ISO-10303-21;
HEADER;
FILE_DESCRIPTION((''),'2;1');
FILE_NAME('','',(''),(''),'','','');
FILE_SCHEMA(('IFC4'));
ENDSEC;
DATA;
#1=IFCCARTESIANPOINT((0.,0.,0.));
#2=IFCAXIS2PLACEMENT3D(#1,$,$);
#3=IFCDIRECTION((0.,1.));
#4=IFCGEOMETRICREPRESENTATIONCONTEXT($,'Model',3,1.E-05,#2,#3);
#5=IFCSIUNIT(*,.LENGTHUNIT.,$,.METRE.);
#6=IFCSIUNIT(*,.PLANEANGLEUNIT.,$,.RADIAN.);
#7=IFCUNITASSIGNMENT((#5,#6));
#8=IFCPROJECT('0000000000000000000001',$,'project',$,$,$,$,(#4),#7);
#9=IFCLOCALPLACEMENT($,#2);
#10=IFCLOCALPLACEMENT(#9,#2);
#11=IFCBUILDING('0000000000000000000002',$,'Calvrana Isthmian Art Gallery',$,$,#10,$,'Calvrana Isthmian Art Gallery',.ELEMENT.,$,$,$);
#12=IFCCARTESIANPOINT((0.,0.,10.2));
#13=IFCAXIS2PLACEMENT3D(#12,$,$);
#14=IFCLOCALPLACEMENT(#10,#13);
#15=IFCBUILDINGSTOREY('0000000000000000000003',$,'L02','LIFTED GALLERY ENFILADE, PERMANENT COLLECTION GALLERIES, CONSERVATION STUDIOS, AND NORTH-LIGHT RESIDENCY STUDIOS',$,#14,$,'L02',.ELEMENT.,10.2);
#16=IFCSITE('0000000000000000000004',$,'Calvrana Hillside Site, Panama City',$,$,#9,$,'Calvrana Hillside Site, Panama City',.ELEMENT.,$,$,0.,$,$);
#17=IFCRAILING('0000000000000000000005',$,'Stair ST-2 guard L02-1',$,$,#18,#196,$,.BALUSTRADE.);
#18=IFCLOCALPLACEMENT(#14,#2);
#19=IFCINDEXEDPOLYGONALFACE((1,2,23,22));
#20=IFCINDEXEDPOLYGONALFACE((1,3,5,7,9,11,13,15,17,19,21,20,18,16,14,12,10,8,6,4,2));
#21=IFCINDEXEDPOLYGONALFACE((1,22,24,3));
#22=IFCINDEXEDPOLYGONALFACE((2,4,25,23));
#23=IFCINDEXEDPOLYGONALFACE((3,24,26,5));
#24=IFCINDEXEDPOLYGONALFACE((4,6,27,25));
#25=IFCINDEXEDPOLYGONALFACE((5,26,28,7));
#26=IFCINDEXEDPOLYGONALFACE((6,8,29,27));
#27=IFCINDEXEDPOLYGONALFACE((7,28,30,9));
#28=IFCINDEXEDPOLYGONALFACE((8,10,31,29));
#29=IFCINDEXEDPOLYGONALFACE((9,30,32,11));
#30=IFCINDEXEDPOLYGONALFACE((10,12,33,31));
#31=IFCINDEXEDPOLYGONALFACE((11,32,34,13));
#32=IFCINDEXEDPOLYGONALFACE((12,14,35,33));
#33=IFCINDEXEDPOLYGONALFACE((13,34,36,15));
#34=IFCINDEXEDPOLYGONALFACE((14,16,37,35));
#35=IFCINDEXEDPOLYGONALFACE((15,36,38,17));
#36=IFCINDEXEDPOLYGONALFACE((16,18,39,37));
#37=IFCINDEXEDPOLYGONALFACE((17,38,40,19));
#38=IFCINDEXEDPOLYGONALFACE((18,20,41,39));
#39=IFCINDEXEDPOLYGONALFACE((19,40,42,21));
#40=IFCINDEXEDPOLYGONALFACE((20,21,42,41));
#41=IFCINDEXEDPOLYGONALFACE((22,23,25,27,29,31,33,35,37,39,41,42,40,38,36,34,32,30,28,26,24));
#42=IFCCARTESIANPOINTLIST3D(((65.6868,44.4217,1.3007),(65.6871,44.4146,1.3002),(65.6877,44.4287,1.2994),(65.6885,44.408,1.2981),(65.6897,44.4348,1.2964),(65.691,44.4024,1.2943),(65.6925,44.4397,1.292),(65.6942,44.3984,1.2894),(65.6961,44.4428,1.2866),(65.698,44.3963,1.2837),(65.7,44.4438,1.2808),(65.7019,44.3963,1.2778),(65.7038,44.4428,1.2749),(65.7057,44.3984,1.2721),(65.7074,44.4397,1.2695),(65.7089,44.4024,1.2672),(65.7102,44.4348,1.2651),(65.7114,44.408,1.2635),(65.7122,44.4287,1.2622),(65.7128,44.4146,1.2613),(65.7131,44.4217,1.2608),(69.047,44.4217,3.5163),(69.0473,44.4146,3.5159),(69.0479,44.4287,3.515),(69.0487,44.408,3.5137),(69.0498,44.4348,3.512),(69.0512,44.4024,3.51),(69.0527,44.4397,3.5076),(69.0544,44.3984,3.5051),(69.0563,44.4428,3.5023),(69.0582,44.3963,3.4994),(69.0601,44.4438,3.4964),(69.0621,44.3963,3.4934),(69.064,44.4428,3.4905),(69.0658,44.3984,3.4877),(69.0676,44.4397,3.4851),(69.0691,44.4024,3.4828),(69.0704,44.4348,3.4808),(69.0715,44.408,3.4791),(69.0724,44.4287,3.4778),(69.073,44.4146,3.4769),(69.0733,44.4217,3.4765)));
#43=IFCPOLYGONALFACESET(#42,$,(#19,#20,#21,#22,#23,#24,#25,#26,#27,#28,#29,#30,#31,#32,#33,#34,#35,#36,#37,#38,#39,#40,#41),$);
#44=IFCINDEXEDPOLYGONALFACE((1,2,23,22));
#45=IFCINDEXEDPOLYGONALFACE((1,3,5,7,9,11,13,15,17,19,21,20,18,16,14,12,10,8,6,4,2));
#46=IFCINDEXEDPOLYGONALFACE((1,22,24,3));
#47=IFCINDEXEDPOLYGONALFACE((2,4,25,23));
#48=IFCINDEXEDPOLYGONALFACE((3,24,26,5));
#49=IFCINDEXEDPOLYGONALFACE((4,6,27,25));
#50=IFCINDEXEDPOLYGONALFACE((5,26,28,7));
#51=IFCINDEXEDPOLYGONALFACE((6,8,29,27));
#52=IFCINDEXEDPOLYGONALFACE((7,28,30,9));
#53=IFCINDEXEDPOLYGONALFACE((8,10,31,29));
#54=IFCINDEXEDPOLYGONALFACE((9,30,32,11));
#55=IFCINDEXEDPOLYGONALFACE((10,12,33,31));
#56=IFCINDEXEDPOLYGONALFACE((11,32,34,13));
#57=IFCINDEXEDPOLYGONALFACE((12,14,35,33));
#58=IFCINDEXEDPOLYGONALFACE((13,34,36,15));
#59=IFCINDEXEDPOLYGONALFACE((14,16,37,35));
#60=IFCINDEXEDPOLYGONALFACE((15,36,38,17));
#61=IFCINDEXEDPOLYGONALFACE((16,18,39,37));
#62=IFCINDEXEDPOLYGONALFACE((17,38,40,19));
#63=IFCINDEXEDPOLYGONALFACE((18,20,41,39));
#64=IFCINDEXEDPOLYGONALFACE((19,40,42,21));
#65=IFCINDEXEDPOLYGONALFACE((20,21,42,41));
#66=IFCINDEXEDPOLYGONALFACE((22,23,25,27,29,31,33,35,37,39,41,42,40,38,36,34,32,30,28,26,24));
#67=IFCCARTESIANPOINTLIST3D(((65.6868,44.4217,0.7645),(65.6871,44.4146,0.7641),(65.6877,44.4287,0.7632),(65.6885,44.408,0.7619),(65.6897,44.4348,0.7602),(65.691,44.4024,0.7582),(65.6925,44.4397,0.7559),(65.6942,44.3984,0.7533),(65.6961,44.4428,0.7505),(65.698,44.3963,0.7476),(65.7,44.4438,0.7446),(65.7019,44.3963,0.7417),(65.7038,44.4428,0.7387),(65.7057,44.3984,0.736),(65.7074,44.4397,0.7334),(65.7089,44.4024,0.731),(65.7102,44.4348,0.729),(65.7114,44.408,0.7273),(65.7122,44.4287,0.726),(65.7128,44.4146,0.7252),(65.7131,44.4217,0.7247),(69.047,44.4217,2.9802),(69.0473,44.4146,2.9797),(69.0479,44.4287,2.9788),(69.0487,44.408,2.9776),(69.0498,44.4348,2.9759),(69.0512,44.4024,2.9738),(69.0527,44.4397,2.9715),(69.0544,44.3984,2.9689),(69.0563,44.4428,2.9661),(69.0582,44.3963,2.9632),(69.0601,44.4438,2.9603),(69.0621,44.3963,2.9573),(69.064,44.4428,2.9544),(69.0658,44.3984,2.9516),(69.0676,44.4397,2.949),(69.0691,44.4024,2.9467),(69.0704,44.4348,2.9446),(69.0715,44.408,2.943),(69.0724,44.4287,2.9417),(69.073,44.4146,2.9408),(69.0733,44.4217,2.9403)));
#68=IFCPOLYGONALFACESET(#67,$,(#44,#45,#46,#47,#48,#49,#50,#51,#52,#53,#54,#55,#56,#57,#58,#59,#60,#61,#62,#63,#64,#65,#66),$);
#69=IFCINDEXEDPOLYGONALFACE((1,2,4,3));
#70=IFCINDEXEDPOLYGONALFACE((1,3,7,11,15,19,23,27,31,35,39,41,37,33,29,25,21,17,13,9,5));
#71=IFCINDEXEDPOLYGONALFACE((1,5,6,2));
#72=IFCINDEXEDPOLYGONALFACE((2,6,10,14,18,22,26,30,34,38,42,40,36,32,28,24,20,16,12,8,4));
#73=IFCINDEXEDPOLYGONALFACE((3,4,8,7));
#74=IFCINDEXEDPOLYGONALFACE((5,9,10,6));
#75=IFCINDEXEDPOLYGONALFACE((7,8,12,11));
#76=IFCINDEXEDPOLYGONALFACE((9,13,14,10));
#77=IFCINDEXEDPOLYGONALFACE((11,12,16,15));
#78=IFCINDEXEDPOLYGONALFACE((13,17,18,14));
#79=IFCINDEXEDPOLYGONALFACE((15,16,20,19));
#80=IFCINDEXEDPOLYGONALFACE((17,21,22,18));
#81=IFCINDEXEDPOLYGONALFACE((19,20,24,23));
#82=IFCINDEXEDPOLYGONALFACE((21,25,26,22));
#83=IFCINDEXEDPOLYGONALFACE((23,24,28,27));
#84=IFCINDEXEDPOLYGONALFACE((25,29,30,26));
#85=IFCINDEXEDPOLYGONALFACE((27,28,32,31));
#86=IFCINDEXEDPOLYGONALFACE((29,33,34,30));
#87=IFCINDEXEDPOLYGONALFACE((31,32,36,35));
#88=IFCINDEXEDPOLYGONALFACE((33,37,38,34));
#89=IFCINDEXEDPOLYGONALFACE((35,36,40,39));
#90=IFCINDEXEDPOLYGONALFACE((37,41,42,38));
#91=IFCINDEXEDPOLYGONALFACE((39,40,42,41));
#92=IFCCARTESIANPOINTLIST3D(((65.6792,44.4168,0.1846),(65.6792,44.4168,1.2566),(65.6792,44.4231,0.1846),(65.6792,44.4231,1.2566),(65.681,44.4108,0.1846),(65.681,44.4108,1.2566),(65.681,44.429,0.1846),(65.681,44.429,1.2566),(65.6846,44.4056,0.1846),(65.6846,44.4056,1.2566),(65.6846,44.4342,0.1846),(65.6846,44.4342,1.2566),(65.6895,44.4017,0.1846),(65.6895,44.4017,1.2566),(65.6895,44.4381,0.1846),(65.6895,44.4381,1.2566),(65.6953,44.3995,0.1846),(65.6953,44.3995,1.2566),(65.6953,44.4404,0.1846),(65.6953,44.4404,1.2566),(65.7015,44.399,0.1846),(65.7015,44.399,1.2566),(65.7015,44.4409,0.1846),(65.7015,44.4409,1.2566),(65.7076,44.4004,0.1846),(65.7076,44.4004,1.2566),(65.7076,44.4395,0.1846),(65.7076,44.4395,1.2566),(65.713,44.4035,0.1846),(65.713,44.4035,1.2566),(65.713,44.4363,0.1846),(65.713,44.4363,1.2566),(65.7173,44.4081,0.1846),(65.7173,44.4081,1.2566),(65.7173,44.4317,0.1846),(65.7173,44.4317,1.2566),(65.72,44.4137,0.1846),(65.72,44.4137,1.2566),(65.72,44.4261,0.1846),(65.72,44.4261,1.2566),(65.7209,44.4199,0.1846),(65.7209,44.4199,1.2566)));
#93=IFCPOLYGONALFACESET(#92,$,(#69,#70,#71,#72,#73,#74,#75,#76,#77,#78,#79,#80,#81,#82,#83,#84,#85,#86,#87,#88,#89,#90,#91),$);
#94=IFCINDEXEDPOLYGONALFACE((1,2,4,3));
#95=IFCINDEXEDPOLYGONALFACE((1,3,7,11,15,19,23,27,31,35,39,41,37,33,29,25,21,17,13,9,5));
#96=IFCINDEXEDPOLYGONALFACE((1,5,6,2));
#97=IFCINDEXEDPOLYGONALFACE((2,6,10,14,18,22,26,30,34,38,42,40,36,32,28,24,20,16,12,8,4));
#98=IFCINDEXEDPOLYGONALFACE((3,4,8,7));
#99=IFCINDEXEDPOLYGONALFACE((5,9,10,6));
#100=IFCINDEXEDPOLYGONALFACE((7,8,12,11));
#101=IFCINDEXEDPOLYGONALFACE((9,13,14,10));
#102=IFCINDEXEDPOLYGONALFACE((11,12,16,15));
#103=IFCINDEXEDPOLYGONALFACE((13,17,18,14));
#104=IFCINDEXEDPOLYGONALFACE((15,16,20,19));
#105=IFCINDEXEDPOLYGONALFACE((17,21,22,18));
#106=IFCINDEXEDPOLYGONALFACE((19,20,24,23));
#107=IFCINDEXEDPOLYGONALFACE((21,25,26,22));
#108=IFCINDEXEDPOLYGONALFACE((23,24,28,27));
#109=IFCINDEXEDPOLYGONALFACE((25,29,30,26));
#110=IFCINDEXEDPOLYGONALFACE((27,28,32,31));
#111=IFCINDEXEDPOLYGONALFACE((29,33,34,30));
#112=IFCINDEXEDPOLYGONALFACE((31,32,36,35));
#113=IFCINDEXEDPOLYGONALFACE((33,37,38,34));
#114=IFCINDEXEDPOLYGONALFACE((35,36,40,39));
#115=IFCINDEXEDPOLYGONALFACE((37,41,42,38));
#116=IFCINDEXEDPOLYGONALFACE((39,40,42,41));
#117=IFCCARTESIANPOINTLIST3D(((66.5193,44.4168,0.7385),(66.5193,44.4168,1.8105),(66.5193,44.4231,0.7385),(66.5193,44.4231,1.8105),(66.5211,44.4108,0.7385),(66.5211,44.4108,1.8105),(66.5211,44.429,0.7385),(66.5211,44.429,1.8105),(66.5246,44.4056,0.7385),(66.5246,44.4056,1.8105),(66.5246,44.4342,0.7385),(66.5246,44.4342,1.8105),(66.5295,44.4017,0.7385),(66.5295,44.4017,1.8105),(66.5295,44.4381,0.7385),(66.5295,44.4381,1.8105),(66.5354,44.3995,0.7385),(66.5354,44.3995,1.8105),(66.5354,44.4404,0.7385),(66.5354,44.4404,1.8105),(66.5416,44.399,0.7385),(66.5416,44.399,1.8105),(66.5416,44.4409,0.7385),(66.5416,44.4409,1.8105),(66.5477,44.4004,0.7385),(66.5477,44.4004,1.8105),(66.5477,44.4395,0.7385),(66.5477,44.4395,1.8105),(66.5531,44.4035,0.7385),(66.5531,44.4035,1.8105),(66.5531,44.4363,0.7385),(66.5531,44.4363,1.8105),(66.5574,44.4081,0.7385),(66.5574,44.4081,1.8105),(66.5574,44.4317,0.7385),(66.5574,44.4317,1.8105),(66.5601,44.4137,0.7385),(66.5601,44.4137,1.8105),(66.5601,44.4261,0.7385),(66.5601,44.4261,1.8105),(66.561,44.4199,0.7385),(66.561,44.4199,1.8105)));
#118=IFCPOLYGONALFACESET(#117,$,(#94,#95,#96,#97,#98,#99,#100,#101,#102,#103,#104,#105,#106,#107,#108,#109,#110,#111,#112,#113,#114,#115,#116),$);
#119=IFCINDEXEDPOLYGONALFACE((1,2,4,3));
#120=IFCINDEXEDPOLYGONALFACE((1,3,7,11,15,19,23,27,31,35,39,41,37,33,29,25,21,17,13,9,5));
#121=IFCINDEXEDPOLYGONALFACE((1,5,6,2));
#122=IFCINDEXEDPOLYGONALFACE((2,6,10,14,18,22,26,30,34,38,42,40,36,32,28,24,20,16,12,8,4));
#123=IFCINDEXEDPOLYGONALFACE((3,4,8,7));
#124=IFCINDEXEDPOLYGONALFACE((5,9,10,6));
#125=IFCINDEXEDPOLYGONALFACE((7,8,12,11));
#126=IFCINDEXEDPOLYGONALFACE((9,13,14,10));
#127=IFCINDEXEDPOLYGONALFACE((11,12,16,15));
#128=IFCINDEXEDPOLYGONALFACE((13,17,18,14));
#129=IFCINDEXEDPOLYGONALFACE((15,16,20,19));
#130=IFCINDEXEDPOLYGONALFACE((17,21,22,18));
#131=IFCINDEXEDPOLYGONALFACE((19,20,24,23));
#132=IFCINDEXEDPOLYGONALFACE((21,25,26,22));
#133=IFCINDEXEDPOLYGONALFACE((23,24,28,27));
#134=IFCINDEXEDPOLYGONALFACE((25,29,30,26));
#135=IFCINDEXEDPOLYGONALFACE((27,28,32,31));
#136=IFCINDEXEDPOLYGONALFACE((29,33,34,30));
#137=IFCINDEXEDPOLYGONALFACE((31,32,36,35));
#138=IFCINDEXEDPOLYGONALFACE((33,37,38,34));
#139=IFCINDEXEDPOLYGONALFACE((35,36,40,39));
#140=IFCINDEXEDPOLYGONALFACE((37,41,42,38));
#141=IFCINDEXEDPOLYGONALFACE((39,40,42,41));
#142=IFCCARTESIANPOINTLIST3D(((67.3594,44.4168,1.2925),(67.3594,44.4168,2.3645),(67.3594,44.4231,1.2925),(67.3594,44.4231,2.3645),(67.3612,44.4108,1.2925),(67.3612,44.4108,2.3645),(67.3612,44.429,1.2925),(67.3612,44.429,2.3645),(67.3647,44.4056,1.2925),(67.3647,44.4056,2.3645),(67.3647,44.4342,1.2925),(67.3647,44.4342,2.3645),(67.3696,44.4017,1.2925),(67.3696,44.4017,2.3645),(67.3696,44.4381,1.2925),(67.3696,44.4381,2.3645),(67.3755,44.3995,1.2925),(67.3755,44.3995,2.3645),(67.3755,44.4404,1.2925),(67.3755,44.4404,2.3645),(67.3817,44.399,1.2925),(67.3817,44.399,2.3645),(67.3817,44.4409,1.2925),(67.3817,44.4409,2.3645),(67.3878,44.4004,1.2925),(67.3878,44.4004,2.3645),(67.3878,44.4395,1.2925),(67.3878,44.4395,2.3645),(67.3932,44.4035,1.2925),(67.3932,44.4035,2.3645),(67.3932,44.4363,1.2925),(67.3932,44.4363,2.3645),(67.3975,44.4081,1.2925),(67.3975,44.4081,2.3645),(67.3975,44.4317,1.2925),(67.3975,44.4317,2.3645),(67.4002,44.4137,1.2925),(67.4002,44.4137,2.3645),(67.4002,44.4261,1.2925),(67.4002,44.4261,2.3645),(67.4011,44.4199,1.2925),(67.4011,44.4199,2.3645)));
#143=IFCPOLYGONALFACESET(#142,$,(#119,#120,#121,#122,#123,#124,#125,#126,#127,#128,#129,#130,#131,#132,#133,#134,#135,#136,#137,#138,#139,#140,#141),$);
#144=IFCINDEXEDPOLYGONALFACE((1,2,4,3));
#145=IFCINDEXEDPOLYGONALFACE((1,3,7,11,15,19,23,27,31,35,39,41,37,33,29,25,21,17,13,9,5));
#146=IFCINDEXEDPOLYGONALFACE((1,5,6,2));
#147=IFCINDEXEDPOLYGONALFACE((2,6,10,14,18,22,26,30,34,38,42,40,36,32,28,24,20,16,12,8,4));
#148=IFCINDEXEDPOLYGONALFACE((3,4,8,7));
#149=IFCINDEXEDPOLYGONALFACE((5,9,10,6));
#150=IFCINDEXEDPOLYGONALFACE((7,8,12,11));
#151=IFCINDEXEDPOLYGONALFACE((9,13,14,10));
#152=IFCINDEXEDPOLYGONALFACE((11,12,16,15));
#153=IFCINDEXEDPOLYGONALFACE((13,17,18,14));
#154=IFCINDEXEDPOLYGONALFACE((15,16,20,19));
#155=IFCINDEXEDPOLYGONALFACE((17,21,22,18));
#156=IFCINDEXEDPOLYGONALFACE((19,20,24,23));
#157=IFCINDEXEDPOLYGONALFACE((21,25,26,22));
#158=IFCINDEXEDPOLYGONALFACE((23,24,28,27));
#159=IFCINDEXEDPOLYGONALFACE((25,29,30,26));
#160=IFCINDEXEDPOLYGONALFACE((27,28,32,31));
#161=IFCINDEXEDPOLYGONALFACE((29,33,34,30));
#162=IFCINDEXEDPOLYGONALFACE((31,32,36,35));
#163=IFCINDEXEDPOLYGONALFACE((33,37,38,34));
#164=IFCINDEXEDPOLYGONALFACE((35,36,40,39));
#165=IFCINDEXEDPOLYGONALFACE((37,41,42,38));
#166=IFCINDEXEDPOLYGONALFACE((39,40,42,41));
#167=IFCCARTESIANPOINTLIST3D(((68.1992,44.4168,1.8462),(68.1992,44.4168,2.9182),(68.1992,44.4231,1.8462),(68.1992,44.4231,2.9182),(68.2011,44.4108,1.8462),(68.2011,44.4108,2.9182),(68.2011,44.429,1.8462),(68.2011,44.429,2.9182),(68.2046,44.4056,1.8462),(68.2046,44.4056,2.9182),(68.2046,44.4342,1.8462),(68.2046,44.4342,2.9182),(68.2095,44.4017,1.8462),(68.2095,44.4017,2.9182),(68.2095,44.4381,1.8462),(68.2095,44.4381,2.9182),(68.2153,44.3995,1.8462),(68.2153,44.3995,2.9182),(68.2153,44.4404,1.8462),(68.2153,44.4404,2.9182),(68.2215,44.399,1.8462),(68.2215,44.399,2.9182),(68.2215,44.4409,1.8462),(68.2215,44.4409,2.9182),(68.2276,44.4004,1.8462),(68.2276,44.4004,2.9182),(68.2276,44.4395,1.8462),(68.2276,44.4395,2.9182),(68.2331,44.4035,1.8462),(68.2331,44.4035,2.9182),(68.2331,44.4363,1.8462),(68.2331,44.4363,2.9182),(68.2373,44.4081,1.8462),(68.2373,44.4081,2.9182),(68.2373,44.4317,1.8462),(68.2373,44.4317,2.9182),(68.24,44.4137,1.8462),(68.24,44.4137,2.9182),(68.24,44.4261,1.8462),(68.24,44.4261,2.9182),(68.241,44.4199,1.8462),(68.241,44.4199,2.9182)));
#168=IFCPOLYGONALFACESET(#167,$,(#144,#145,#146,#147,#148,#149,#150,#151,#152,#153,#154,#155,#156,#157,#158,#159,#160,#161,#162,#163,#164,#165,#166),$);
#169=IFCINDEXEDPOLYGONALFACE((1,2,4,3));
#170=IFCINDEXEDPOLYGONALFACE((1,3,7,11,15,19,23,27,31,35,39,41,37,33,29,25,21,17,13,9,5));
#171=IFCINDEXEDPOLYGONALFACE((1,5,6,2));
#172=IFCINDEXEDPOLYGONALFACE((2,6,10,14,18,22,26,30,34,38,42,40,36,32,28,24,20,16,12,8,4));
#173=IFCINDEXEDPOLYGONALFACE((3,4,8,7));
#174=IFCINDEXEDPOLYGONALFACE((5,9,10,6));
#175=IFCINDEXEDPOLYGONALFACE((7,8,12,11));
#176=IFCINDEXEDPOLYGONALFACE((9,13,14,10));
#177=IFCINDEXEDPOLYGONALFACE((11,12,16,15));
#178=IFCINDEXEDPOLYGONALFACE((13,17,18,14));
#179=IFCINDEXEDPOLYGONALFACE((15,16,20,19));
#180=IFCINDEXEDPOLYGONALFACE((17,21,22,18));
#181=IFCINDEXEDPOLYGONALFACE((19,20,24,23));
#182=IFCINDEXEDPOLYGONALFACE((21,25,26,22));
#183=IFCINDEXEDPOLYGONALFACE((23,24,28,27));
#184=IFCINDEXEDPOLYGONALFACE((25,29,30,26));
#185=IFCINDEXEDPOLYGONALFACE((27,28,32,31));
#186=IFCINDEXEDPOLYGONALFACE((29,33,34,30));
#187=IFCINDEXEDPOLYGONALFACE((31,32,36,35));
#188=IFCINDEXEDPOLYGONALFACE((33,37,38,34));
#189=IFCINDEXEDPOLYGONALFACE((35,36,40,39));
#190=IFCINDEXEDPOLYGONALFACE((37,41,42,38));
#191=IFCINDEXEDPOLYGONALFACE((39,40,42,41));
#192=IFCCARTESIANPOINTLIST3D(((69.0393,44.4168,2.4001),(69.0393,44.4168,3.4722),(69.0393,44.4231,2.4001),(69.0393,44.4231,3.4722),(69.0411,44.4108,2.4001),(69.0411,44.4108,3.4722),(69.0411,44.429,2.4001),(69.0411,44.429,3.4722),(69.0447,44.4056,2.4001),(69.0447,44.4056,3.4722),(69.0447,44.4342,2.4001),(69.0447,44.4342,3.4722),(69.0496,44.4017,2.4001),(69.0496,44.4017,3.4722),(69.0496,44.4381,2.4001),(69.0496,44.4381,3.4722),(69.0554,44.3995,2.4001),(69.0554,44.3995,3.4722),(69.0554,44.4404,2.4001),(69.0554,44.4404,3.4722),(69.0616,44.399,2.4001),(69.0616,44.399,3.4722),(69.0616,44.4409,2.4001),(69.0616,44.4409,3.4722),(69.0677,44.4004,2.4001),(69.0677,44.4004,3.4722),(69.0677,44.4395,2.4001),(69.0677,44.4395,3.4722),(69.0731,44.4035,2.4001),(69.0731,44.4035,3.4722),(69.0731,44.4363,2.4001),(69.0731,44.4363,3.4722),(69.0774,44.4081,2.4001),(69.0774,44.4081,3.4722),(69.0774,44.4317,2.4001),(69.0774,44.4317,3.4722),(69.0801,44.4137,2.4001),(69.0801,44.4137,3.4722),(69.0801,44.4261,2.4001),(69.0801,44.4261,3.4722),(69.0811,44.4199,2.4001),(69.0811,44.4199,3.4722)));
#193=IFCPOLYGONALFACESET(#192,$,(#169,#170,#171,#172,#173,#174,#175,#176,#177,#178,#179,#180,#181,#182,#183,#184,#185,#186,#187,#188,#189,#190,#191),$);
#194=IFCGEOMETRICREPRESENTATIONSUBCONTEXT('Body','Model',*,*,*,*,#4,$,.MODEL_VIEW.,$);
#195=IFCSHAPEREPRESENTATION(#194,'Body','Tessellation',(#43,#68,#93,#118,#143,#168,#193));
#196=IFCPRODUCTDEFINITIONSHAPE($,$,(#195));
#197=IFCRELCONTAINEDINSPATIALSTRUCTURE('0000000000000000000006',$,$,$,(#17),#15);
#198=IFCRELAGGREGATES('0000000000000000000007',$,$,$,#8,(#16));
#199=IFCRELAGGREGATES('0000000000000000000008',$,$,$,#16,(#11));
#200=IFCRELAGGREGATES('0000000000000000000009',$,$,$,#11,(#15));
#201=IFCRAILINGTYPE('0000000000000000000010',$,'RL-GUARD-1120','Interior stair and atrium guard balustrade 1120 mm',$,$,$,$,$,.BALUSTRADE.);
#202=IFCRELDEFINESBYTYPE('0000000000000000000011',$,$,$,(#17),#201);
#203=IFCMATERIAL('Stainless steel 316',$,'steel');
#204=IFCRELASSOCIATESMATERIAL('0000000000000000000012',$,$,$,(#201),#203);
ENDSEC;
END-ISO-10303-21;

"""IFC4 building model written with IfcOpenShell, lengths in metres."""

from ifc_helpers import new_model, si_unit, direction, frame, origin, origin_2d, place, context, subcontext, project, spatial, circle, extrude, material, type_object, element, save


model = new_model("IFC4")

# Units and contexts
model_context = context("Model", 3, precision=1e-05, world=origin(), true_north=direction((0.0, 1.0)))
body_context = subcontext(model_context, "Body", "Model", "MODEL_VIEW")
ifc_project = project(units=[si_unit("LENGTHUNIT", "METRE"), si_unit("PLANEANGLEUNIT", "RADIAN")], contexts=[model_context])

# Site, building, storey
site_placement = place(None, origin())
site = spatial("IfcSite", under=ifc_project, at=site_placement, Name="Calvrana Hillside Site, Panama City", LongName="Calvrana Hillside Site, Panama City", CompositionType="ELEMENT", RefElevation=0.0)
building_placement = place(site_placement, origin())
building = spatial("IfcBuilding", under=site, at=building_placement, Name="Calvrana Isthmian Art Gallery", LongName="Calvrana Isthmian Art Gallery", CompositionType="ELEMENT")
storey_placement = place(building_placement, frame((0.0, 0.0, 10.2)))
storey = spatial("IfcBuildingStorey", under=building, at=storey_placement, Name="L02", Description="LIFTED GALLERY ENFILADE, PERMANENT COLLECTION GALLERIES, CONSERVATION STUDIOS, AND NORTH-LIGHT RESIDENCY STUDIOS", LongName="L02", CompositionType="ELEMENT", Elevation=10.2)

# Shared definitions
ifc_material_1 = material(Name="Stainless steel 316", Category="steel")

# Railing
railing_type_1 = type_object("IfcRailingType", Name="RL-GUARD-1120", Description="Interior stair and atrium guard balustrade 1120 mm", PredefinedType="BALUSTRADE", material=ifc_material_1)
railing_1_placement = place(storey_placement, frame((65.7, 44.4199, 0.1846)))
element("IfcRailing", 1, at=railing_1_placement, inside=storey, type_object=railing_type_1, Name="Stair ST-2 guard L02-1", PredefinedType="BALUSTRADE", context=body_context, shape_type="SweptSolid", body=[
    extrude(circle(Radius=0.0239, at=origin_2d()), frame((0.0, 0.0, 1.0962), z_axis=(0.834849, 0.0, 0.55048), x_axis=(0.0, 1.0, 0.0)), (0.0, 0.0, 1.0), 4.0249),
    extrude(circle(Radius=0.0239, at=origin_2d()), frame((0.0, 0.0, 0.5601), z_axis=(0.834849, 0.0, 0.55048), x_axis=(0.0, 1.0, 0.0)), (0.0, 0.0, 1.0), 4.0249),
    extrude(circle(Radius=0.021, at=origin_2d()), origin(), (0.0, 0.0, 1.0), 1.072),
    extrude(circle(Radius=0.021, at=origin_2d()), frame((0.8401, 0.0, 0.554)), (0.0, 0.0, 1.0), 1.072),
    extrude(circle(Radius=0.021, at=origin_2d()), frame((1.6802, 0.0, 1.1079)), (0.0, 0.0, 1.0), 1.072),
    extrude(circle(Radius=0.021, at=origin_2d()), frame((2.52, 0.0, 1.6616)), (0.0, 0.0, 1.0), 1.072),
    extrude(circle(Radius=0.021, at=origin_2d()), frame((3.3601, 0.0, 2.2156)), (0.0, 0.0, 1.0), 1.072),
])

save(model, "model.ifc")
